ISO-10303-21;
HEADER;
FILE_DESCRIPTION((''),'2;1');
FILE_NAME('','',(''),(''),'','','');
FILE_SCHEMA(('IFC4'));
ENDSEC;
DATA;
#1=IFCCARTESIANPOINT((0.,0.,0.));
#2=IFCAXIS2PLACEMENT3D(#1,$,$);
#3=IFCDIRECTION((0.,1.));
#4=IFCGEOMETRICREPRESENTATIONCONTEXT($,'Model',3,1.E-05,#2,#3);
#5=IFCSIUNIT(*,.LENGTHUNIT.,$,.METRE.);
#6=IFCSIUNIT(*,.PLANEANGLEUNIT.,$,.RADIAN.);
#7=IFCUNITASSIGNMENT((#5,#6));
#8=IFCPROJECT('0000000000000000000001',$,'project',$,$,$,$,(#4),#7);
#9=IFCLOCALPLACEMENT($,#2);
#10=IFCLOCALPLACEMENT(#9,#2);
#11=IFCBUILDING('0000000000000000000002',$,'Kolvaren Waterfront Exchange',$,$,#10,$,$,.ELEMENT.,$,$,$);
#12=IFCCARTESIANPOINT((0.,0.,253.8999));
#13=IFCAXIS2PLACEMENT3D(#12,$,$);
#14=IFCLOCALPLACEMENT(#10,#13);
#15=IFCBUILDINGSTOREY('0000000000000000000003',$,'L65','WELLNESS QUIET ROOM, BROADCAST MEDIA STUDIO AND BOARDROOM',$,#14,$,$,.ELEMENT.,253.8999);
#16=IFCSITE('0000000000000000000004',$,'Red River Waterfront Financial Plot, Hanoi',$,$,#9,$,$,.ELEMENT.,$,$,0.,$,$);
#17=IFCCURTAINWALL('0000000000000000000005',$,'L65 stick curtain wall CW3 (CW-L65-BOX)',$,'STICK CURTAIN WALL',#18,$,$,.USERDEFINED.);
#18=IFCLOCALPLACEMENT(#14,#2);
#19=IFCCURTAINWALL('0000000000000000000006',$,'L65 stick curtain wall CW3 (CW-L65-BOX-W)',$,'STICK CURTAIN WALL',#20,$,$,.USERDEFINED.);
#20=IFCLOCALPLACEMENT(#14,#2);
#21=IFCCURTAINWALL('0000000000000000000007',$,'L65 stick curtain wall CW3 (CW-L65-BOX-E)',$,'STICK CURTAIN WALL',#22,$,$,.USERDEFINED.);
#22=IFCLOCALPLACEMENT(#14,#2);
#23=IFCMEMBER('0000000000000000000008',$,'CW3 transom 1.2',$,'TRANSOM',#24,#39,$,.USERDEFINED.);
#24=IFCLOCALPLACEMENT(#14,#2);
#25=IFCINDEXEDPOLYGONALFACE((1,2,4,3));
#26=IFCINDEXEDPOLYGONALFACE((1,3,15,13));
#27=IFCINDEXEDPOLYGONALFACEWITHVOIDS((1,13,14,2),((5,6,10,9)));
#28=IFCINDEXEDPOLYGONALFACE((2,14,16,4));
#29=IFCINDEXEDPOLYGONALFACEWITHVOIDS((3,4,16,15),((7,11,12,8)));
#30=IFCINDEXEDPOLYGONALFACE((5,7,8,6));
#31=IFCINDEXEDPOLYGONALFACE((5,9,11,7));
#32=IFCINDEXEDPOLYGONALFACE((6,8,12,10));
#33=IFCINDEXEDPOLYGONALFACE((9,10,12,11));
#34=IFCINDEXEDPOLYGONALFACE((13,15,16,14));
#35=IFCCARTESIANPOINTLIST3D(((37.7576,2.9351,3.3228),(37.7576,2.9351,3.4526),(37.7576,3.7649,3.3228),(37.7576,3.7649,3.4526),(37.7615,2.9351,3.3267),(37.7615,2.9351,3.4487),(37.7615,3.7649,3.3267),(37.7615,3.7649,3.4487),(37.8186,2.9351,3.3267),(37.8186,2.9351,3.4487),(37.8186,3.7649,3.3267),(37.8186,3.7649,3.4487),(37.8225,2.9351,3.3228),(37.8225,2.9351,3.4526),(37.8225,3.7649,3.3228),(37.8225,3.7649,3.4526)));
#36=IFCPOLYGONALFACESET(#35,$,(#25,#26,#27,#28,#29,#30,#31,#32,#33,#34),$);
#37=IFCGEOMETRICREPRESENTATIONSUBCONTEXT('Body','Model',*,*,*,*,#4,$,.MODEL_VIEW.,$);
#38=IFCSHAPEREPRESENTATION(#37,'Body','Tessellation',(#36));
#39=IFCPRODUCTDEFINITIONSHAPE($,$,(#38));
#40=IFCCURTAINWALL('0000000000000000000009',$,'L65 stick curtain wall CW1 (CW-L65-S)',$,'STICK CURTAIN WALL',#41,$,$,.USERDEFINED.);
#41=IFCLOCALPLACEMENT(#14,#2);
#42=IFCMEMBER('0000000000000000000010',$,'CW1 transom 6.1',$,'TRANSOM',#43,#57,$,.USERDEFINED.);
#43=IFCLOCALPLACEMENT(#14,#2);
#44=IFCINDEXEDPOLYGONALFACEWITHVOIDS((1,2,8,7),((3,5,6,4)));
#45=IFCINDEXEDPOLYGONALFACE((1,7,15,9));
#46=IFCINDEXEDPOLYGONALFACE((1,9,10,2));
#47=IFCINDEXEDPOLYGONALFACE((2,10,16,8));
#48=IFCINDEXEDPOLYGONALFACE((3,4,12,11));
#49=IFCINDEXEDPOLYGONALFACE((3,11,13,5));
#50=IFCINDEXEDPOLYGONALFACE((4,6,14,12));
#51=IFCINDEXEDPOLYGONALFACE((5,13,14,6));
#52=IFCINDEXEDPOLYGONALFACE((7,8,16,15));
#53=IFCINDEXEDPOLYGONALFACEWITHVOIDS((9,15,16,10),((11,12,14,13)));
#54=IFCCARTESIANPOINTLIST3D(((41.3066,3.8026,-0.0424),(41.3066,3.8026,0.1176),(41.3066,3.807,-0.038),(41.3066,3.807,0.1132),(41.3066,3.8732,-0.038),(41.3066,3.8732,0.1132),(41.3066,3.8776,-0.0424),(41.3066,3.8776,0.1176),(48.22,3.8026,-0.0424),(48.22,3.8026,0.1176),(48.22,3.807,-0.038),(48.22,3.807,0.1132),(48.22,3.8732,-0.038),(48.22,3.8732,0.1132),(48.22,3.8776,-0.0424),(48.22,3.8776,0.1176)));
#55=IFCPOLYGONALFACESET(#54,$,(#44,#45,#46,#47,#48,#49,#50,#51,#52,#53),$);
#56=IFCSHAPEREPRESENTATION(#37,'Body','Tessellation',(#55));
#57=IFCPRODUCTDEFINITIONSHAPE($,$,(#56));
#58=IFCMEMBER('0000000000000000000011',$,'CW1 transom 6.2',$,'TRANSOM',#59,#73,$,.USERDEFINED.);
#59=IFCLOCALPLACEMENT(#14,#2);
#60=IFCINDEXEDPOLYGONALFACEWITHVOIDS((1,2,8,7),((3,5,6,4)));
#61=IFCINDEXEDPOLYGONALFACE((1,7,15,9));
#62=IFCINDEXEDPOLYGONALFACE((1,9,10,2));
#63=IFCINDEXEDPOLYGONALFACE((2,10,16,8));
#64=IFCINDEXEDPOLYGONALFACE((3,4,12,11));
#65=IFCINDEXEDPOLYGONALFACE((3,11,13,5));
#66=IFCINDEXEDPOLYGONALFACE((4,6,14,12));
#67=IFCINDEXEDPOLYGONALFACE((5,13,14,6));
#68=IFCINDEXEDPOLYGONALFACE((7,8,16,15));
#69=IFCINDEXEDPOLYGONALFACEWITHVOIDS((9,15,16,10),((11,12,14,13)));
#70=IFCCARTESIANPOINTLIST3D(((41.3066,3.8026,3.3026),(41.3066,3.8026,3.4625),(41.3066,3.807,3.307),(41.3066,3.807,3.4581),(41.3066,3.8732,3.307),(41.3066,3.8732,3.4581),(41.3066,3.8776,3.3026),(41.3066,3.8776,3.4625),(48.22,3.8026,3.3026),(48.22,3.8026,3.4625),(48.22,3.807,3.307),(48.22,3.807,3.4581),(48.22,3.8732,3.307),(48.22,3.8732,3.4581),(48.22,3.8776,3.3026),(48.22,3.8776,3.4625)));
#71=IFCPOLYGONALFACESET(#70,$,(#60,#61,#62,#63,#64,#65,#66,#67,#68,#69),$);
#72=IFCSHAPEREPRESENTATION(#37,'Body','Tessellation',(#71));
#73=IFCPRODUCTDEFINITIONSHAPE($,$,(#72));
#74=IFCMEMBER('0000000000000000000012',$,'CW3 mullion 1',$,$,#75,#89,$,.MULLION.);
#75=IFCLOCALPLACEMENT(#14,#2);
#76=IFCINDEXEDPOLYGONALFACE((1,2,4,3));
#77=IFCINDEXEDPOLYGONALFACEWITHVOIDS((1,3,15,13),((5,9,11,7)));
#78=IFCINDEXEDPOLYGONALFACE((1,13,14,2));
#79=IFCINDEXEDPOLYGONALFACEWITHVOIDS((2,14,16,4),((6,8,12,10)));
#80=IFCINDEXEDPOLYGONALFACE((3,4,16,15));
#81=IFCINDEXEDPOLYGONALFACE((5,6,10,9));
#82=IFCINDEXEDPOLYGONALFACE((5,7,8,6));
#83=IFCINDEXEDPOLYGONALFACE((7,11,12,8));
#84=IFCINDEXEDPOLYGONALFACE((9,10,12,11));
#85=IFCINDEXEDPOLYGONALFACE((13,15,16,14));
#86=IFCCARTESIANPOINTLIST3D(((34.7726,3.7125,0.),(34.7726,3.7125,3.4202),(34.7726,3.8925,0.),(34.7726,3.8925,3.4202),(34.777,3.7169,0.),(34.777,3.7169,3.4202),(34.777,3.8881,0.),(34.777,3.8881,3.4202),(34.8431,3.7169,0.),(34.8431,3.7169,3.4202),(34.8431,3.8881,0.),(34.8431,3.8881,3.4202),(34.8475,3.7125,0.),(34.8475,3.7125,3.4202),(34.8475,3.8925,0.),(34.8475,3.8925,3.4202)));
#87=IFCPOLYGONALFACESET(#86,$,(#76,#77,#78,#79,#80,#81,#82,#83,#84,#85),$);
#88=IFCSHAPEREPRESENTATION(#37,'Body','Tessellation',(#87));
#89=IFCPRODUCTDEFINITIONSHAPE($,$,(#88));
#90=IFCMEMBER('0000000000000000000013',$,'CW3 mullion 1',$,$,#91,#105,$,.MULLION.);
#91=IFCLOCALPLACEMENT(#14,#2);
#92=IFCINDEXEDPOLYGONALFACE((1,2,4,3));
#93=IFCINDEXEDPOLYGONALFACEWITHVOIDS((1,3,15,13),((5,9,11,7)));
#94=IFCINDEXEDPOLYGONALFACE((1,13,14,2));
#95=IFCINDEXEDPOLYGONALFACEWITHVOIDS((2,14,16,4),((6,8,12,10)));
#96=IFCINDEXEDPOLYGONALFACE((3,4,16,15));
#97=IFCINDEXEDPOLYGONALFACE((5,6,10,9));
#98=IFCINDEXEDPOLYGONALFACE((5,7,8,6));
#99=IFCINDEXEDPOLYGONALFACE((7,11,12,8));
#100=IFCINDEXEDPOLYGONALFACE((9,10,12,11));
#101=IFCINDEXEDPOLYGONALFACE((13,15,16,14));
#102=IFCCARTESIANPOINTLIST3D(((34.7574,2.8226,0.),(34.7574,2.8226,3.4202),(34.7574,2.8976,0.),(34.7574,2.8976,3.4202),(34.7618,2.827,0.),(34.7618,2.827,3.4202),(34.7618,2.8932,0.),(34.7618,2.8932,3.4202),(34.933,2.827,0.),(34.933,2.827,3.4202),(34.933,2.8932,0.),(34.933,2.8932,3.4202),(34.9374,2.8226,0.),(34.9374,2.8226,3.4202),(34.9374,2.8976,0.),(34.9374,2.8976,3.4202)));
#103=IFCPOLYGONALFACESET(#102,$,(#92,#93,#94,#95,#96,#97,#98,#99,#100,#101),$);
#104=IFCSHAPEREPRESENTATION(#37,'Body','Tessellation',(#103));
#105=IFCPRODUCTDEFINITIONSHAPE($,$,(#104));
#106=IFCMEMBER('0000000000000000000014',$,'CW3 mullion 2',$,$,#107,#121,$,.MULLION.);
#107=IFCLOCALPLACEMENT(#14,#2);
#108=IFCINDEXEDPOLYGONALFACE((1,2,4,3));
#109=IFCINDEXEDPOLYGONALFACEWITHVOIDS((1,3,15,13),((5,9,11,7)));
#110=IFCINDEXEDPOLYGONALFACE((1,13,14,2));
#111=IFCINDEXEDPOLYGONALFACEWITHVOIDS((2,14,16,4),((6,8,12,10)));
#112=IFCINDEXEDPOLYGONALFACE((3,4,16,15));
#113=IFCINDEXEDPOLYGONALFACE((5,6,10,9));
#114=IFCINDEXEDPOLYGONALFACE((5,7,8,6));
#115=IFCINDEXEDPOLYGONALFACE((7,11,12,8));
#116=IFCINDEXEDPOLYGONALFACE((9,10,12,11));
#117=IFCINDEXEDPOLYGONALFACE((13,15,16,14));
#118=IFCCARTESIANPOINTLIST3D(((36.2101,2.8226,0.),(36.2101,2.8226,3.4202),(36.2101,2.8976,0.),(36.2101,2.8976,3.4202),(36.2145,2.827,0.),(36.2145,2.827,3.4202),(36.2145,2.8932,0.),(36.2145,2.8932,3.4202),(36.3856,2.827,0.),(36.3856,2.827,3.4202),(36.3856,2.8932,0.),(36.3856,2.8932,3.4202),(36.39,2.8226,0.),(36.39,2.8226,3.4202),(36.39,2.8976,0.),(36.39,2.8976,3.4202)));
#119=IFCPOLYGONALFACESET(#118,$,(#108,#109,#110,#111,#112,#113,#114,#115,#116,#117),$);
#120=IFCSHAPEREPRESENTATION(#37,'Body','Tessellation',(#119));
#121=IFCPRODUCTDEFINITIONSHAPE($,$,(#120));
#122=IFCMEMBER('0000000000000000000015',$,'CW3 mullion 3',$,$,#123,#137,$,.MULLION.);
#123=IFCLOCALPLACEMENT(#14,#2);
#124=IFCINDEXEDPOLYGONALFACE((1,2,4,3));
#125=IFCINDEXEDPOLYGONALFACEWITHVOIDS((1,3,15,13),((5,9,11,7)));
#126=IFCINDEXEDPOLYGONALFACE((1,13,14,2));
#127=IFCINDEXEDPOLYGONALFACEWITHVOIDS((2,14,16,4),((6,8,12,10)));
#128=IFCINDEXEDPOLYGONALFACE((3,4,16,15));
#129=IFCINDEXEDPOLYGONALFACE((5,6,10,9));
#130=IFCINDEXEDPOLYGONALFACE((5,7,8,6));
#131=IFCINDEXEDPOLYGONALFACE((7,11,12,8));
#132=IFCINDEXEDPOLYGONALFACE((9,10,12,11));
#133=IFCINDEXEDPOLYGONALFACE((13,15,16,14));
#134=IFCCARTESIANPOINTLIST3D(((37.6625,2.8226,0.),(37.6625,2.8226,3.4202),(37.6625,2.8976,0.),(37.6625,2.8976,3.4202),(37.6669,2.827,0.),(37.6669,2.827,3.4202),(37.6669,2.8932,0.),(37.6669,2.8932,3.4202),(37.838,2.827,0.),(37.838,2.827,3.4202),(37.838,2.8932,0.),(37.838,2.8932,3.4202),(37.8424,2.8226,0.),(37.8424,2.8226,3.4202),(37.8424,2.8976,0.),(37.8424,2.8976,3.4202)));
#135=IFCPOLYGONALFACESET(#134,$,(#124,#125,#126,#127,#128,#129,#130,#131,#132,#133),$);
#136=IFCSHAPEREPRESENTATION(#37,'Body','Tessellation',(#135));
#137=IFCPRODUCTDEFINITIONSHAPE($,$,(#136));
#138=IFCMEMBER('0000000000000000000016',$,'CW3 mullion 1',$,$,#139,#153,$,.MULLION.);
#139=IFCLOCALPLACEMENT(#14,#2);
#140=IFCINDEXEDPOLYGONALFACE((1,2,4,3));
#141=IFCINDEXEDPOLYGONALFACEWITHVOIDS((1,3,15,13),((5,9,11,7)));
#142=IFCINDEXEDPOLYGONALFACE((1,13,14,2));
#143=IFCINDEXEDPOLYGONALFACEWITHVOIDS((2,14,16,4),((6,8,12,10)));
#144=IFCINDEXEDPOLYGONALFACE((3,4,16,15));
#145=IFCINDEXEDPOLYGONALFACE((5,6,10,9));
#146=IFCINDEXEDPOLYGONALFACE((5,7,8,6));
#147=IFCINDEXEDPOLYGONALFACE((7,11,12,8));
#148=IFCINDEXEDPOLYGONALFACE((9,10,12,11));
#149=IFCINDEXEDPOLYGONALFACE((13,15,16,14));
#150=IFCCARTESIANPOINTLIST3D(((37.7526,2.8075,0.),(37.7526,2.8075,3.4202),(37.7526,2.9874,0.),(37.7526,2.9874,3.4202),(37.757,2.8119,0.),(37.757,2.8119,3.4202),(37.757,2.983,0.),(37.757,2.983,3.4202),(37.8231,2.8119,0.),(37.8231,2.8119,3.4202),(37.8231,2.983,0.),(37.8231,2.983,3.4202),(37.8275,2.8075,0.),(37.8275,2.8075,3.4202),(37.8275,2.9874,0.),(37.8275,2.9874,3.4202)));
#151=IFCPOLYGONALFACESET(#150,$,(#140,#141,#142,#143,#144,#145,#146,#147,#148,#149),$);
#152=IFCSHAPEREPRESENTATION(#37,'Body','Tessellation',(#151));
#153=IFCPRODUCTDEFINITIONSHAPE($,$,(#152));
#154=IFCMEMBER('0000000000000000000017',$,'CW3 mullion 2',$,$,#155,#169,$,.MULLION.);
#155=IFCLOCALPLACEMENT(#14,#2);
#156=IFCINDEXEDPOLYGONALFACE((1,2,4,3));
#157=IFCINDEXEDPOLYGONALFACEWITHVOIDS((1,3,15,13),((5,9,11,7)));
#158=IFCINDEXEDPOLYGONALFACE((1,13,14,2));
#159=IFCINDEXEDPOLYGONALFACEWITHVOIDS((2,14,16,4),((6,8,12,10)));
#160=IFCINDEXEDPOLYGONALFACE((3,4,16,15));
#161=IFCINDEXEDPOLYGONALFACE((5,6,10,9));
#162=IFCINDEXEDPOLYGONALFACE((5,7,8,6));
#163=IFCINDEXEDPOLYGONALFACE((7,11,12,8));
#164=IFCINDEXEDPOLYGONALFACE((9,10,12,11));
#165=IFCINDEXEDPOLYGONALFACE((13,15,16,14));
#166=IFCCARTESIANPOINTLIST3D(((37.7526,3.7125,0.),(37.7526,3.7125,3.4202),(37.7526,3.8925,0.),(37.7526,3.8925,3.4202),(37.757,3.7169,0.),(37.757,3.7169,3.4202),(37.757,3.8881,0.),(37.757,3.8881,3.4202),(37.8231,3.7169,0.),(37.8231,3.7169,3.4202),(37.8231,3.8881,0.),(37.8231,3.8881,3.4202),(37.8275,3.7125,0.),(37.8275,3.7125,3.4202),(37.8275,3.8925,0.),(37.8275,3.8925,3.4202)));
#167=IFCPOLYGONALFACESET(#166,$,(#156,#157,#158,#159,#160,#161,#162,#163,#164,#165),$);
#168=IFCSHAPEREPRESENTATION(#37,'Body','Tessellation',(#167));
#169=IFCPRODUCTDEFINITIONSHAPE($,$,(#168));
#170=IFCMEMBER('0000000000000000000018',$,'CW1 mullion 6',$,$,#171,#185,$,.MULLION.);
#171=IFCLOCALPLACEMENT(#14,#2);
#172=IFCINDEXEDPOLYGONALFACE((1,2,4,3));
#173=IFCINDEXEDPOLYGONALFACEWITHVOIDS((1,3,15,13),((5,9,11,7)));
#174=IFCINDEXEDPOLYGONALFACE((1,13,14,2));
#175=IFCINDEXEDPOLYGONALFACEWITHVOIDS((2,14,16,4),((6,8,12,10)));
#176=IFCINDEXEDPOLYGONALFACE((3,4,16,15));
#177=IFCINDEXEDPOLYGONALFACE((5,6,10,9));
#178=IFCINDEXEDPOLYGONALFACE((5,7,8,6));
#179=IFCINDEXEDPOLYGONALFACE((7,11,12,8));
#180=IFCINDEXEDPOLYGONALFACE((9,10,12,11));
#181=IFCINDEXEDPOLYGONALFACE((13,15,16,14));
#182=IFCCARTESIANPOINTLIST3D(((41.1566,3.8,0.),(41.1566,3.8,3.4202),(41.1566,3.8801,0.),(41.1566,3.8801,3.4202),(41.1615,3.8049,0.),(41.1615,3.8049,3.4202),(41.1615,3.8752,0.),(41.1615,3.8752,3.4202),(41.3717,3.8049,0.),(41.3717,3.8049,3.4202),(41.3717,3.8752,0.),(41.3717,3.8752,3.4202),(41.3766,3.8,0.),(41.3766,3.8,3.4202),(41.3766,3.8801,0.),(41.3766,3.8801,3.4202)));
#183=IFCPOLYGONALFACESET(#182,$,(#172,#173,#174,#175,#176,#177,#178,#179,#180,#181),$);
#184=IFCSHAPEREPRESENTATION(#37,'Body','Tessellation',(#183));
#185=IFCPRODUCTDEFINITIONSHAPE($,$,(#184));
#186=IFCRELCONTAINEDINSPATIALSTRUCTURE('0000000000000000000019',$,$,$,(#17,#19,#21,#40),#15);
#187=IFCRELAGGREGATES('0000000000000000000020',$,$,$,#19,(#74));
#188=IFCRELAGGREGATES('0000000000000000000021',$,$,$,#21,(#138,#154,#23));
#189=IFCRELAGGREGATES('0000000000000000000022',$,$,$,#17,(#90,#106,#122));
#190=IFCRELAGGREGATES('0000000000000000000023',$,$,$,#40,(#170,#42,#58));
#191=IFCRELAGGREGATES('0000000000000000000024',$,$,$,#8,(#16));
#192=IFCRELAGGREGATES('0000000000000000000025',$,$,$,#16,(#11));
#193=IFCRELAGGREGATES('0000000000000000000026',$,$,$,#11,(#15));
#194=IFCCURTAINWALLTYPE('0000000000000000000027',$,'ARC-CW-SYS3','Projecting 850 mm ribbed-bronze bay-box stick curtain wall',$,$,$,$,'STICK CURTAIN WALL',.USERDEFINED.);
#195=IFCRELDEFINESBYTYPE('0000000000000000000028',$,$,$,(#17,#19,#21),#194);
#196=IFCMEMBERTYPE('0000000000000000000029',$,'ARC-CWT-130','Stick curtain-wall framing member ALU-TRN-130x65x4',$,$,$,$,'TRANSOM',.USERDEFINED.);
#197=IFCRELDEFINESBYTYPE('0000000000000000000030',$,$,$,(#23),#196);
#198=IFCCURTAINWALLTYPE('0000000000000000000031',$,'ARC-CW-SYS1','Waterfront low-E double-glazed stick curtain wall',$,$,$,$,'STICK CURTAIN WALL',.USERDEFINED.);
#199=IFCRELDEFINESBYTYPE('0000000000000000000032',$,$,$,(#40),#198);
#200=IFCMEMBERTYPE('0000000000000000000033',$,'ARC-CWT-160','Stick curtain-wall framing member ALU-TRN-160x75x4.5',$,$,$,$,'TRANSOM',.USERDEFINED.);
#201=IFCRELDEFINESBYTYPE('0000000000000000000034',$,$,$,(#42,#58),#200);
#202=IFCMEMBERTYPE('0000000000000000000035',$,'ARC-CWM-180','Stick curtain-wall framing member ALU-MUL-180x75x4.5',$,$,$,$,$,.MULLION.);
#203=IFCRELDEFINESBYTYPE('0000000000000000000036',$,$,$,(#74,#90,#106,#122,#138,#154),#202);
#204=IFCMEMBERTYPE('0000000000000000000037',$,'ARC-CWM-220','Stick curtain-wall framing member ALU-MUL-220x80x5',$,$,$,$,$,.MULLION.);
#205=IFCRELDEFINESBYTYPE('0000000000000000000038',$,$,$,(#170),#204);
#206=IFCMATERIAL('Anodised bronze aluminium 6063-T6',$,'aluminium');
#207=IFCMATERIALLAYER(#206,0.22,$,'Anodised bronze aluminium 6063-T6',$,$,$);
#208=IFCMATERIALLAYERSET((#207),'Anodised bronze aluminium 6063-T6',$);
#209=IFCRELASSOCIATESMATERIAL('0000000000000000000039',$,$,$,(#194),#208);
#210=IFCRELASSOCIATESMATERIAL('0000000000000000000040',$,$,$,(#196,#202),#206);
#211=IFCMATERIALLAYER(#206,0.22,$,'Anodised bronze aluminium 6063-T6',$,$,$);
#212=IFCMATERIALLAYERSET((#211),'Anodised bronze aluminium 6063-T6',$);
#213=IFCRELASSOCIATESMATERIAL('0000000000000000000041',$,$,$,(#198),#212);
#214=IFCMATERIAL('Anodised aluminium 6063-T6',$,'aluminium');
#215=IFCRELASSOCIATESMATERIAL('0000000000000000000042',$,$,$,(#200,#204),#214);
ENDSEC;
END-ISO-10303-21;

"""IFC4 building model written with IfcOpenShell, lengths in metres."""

from ifc_helpers import new_model, si_unit, direction, frame, origin, origin_with_axes, origin_2d, place, context, subcontext, project, spatial, hollow_rectangle, extrude, source, transform, mapped, material, layer, layer_set, material_profile, profile_set, type_object, element, aggregate, save


model = new_model("IFC4")

# Units and contexts
model_context = context("Model", 3, precision=1e-05, world=origin(), true_north=direction((0.0, 1.0)))
body_context = subcontext(model_context, "Body", "Model", "MODEL_VIEW")
ifc_project = project(units=[si_unit("LENGTHUNIT", "METRE"), si_unit("PLANEANGLEUNIT", "RADIAN")], contexts=[model_context])

# Site, building, storey
site_placement = place(None, origin())
site = spatial("IfcSite", under=ifc_project, at=site_placement, Name="Red River Waterfront Financial Plot, Hanoi", CompositionType="ELEMENT", RefElevation=0.0)
building_placement = place(site_placement, origin())
building = spatial("IfcBuilding", under=site, at=building_placement, Name="Kolvaren Waterfront Exchange", CompositionType="ELEMENT")
storey_placement = place(building_placement, frame((0.0, 0.0, 253.8999)))
storey = spatial("IfcBuildingStorey", under=building, at=storey_placement, Name="L65", Description="WELLNESS QUIET ROOM, BROADCAST MEDIA STUDIO AND BOARDROOM", CompositionType="ELEMENT", Elevation=253.8999)

# Curtain walls, members
ifc_material_1 = material(Name="Anodised bronze aluminium 6063-T6", Category="aluminium")
ifc_layer_1 = layer(ifc_material_1, 0.22, Name="Anodised bronze aluminium 6063-T6")
ifc_layer_set_1 = layer_set([ifc_layer_1], Name="Anodised bronze aluminium 6063-T6")
curtain_wall_type_1 = type_object("IfcCurtainWallType", Name="ARC-CW-SYS3", Description="Projecting 850 mm ribbed-bronze bay-box stick curtain wall", ElementType="STICK CURTAIN WALL", PredefinedType="USERDEFINED", material=ifc_layer_set_1)
curtain_wall_1_placement = place(storey_placement, origin())
curtain_wall_1 = element("IfcCurtainWall", 1, at=curtain_wall_1_placement, inside=storey, type_object=curtain_wall_type_1, Name="L65 stick curtain wall CW3 (CW-L65-BOX)", ObjectType="STICK CURTAIN WALL", PredefinedType="USERDEFINED")
ifc_material_profile_1 = material_profile(ifc_material_1, hollow_rectangle(XDim=0.0649, YDim=0.1299, WallThickness=0.0039, at=origin_2d()), Name="ALU-TRN-130x65x4")
ifc_profile_set_1 = profile_set([ifc_material_profile_1], Name="Anodised bronze aluminium 6063-T6")
member_type_1 = type_object("IfcMemberType", Name="ARC-CWT-130", Description="Stick curtain-wall framing member ALU-TRN-130x65x4", ElementType="TRANSOM", PredefinedType="USERDEFINED", material=ifc_profile_set_1)
curtain_wall_2_placement = place(storey_placement, origin())
curtain_wall_2 = element("IfcCurtainWall", 2, at=curtain_wall_2_placement, inside=storey, type_object=curtain_wall_type_1, Name="L65 stick curtain wall CW3 (CW-L65-BOX-W)", ObjectType="STICK CURTAIN WALL", PredefinedType="USERDEFINED")
shared_shape_1 = source(origin_with_axes(), body_context, "Body", "SweptSolid", [
    extrude(hollow_rectangle(XDim=0.0649, YDim=0.1299, WallThickness=0.0039, at=origin_2d()), origin(), (0.0, 0.0, 1.0), 0.8298),
])
curtain_wall_3_placement = place(storey_placement, origin())
curtain_wall_3 = element("IfcCurtainWall", 3, at=curtain_wall_3_placement, inside=storey, type_object=curtain_wall_type_1, Name="L65 stick curtain wall CW3 (CW-L65-BOX-E)", ObjectType="STICK CURTAIN WALL", PredefinedType="USERDEFINED")
member_1_placement = place(storey_placement, frame((37.79, 2.9351, 3.3877), z_axis=(0.0, 1.0, 0.0), x_axis=(-1.0, 0.0, 0.0)))
member_1 = element("IfcMember", 4, at=member_1_placement, type_object=member_type_1, Name="CW3 transom 1.2", ObjectType="TRANSOM", PredefinedType="USERDEFINED", context=body_context, shape_type="MappedRepresentation", body=[
    mapped(shared_shape_1, transform((0.0, 0.0, 0.0), x_axis=(1.0, 0.0, 0.0), y_axis=(0.0, 1.0, 0.0), z_axis=(0.0, 0.0, 1.0), scale=1.0)),
])
ifc_layer_2 = layer(ifc_material_1, 0.22, Name="Anodised bronze aluminium 6063-T6")
ifc_layer_set_2 = layer_set([ifc_layer_2], Name="Anodised bronze aluminium 6063-T6")
curtain_wall_type_2 = type_object("IfcCurtainWallType", Name="ARC-CW-SYS1", Description="Waterfront low-E double-glazed stick curtain wall", ElementType="STICK CURTAIN WALL", PredefinedType="USERDEFINED", material=ifc_layer_set_2)
curtain_wall_4_placement = place(storey_placement, origin())
curtain_wall_4 = element("IfcCurtainWall", 5, at=curtain_wall_4_placement, inside=storey, type_object=curtain_wall_type_2, Name="L65 stick curtain wall CW1 (CW-L65-S)", ObjectType="STICK CURTAIN WALL", PredefinedType="USERDEFINED")
ifc_material_2 = material(Name="Anodised aluminium 6063-T6", Category="aluminium")
ifc_material_profile_2 = material_profile(ifc_material_2, hollow_rectangle(XDim=0.075, YDim=0.1599, WallThickness=0.0044, at=origin_2d()), Name="ALU-TRN-160x75x4.5")
ifc_profile_set_2 = profile_set([ifc_material_profile_2], Name="Anodised aluminium 6063-T6")
member_type_2 = type_object("IfcMemberType", Name="ARC-CWT-160", Description="Stick curtain-wall framing member ALU-TRN-160x75x4.5", ElementType="TRANSOM", PredefinedType="USERDEFINED", material=ifc_profile_set_2)
shared_shape_2 = source(origin_with_axes(), body_context, "Body", "SweptSolid", [
    extrude(hollow_rectangle(XDim=0.075, YDim=0.1599, WallThickness=0.0044, at=origin_2d()), origin(), (0.0, 0.0, 1.0), 6.9133),
])
member_2_placement = place(storey_placement, frame((41.3066, 3.8401, 0.0376), z_axis=(1.0, 0.0, 0.0), x_axis=(0.0, 1.0, 0.0)))
member_2 = element("IfcMember", 6, at=member_2_placement, type_object=member_type_2, Name="CW1 transom 6.1", ObjectType="TRANSOM", PredefinedType="USERDEFINED", context=body_context, shape_type="MappedRepresentation", body=[
    mapped(shared_shape_2, transform((0.0, 0.0, 0.0), x_axis=(1.0, 0.0, 0.0), y_axis=(0.0, 1.0, 0.0), z_axis=(0.0, 0.0, 1.0), scale=1.0)),
])
member_3_placement = place(storey_placement, frame((41.3066, 3.8401, 3.3826), z_axis=(1.0, 0.0, 0.0), x_axis=(0.0, 1.0, 0.0)))
member_3 = element("IfcMember", 7, at=member_3_placement, type_object=member_type_2, Name="CW1 transom 6.2", ObjectType="TRANSOM", PredefinedType="USERDEFINED", context=body_context, shape_type="MappedRepresentation", body=[
    mapped(shared_shape_2, transform((0.0, 0.0, 0.0), x_axis=(1.0, 0.0, 0.0), y_axis=(0.0, 1.0, 0.0), z_axis=(0.0, 0.0, 1.0), scale=1.0)),
])

# Members
ifc_material_profile_3 = material_profile(ifc_material_1, hollow_rectangle(XDim=0.075, YDim=0.1799, WallThickness=0.0044, at=origin_2d()), Name="ALU-MUL-180x75x4.5")
ifc_profile_set_3 = profile_set([ifc_material_profile_3], Name="Anodised bronze aluminium 6063-T6")
member_type_3 = type_object("IfcMemberType", Name="ARC-CWM-180", Description="Stick curtain-wall framing member ALU-MUL-180x75x4.5", PredefinedType="MULLION", material=ifc_profile_set_3)
shared_shape_3 = source(origin_with_axes(), body_context, "Body", "SweptSolid", [
    extrude(hollow_rectangle(XDim=0.075, YDim=0.1799, WallThickness=0.0044, at=origin_2d()), origin(), (0.0, 0.0, 1.0), 3.4202),
])
member_4_placement = place(storey_placement, frame((34.8101, 3.8025, 0.0), z_axis=(0.0, 0.0, 1.0), x_axis=(1.0, 0.0, 0.0)))
member_4 = element("IfcMember", 8, at=member_4_placement, type_object=member_type_3, Name="CW3 mullion 1", PredefinedType="MULLION", context=body_context, shape_type="MappedRepresentation", body=[
    mapped(shared_shape_3, transform((0.0, 0.0, 0.0), x_axis=(1.0, 0.0, 0.0), y_axis=(0.0, 1.0, 0.0), z_axis=(0.0, 0.0, 1.0), scale=1.0)),
])
member_5_placement = place(storey_placement, frame((34.8474, 2.8601, 0.0), z_axis=(0.0, 0.0, 1.0), x_axis=(0.0, 1.0, 0.0)))
member_5 = element("IfcMember", 9, at=member_5_placement, type_object=member_type_3, Name="CW3 mullion 1", PredefinedType="MULLION", context=body_context, shape_type="MappedRepresentation", body=[
    mapped(shared_shape_3, transform((0.0, 0.0, 0.0), x_axis=(1.0, 0.0, 0.0), y_axis=(0.0, 1.0, 0.0), z_axis=(0.0, 0.0, 1.0), scale=1.0)),
])
member_6_placement = place(storey_placement, frame((36.3, 2.8601, 0.0), z_axis=(0.0, 0.0, 1.0), x_axis=(0.0, 1.0, 0.0)))
member_6 = element("IfcMember", 10, at=member_6_placement, type_object=member_type_3, Name="CW3 mullion 2", PredefinedType="MULLION", context=body_context, shape_type="MappedRepresentation", body=[
    mapped(shared_shape_3, transform((0.0, 0.0, 0.0), x_axis=(1.0, 0.0, 0.0), y_axis=(0.0, 1.0, 0.0), z_axis=(0.0, 0.0, 1.0), scale=1.0)),
])
member_7_placement = place(storey_placement, frame((37.7524, 2.8601, 0.0), z_axis=(0.0, 0.0, 1.0), x_axis=(0.0, 1.0, 0.0)))
member_7 = element("IfcMember", 11, at=member_7_placement, type_object=member_type_3, Name="CW3 mullion 3", PredefinedType="MULLION", context=body_context, shape_type="MappedRepresentation", body=[
    mapped(shared_shape_3, transform((0.0, 0.0, 0.0), x_axis=(1.0, 0.0, 0.0), y_axis=(0.0, 1.0, 0.0), z_axis=(0.0, 0.0, 1.0), scale=1.0)),
])
member_8_placement = place(storey_placement, frame((37.79, 2.8975, 0.0), z_axis=(0.0, 0.0, 1.0), x_axis=(-1.0, 0.0, 0.0)))
member_8 = element("IfcMember", 12, at=member_8_placement, type_object=member_type_3, Name="CW3 mullion 1", PredefinedType="MULLION", context=body_context, shape_type="MappedRepresentation", body=[
    mapped(shared_shape_3, transform((0.0, 0.0, 0.0), x_axis=(1.0, 0.0, 0.0), y_axis=(0.0, 1.0, 0.0), z_axis=(0.0, 0.0, 1.0), scale=1.0)),
])
member_9_placement = place(storey_placement, frame((37.79, 3.8025, 0.0), z_axis=(0.0, 0.0, 1.0), x_axis=(-1.0, 0.0, 0.0)))
member_9 = element("IfcMember", 13, at=member_9_placement, type_object=member_type_3, Name="CW3 mullion 2", PredefinedType="MULLION", context=body_context, shape_type="MappedRepresentation", body=[
    mapped(shared_shape_3, transform((0.0, 0.0, 0.0), x_axis=(1.0, 0.0, 0.0), y_axis=(0.0, 1.0, 0.0), z_axis=(0.0, 0.0, 1.0), scale=1.0)),
])
ifc_material_profile_4 = material_profile(ifc_material_2, hollow_rectangle(XDim=0.0801, YDim=0.22, WallThickness=0.0049, at=origin_2d()), Name="ALU-MUL-220x80x5")
ifc_profile_set_4 = profile_set([ifc_material_profile_4], Name="Anodised aluminium 6063-T6")
member_type_4 = type_object("IfcMemberType", Name="ARC-CWM-220", Description="Stick curtain-wall framing member ALU-MUL-220x80x5", PredefinedType="MULLION", material=ifc_profile_set_4)
shared_shape_4 = source(origin_with_axes(), body_context, "Body", "SweptSolid", [
    extrude(hollow_rectangle(XDim=0.0801, YDim=0.22, WallThickness=0.0049, at=origin_2d()), origin(), (0.0, 0.0, 1.0), 3.4202),
])
member_10_placement = place(storey_placement, frame((41.2666, 3.8401, 0.0), z_axis=(0.0, 0.0, 1.0), x_axis=(0.0, 1.0, 0.0)))
member_10 = element("IfcMember", 14, at=member_10_placement, type_object=member_type_4, Name="CW1 mullion 6", PredefinedType="MULLION", context=body_context, shape_type="MappedRepresentation", body=[
    mapped(shared_shape_4, transform((0.0, 0.0, 0.0), x_axis=(1.0, 0.0, 0.0), y_axis=(0.0, 1.0, 0.0), z_axis=(0.0, 0.0, 1.0), scale=1.0)),
])

aggregate(curtain_wall_2, [member_4])
aggregate(curtain_wall_3, [member_8, member_9, member_1])
aggregate(curtain_wall_1, [member_5, member_6, member_7])
aggregate(curtain_wall_4, [member_10, member_2, member_3])

save(model, "model.ifc")
